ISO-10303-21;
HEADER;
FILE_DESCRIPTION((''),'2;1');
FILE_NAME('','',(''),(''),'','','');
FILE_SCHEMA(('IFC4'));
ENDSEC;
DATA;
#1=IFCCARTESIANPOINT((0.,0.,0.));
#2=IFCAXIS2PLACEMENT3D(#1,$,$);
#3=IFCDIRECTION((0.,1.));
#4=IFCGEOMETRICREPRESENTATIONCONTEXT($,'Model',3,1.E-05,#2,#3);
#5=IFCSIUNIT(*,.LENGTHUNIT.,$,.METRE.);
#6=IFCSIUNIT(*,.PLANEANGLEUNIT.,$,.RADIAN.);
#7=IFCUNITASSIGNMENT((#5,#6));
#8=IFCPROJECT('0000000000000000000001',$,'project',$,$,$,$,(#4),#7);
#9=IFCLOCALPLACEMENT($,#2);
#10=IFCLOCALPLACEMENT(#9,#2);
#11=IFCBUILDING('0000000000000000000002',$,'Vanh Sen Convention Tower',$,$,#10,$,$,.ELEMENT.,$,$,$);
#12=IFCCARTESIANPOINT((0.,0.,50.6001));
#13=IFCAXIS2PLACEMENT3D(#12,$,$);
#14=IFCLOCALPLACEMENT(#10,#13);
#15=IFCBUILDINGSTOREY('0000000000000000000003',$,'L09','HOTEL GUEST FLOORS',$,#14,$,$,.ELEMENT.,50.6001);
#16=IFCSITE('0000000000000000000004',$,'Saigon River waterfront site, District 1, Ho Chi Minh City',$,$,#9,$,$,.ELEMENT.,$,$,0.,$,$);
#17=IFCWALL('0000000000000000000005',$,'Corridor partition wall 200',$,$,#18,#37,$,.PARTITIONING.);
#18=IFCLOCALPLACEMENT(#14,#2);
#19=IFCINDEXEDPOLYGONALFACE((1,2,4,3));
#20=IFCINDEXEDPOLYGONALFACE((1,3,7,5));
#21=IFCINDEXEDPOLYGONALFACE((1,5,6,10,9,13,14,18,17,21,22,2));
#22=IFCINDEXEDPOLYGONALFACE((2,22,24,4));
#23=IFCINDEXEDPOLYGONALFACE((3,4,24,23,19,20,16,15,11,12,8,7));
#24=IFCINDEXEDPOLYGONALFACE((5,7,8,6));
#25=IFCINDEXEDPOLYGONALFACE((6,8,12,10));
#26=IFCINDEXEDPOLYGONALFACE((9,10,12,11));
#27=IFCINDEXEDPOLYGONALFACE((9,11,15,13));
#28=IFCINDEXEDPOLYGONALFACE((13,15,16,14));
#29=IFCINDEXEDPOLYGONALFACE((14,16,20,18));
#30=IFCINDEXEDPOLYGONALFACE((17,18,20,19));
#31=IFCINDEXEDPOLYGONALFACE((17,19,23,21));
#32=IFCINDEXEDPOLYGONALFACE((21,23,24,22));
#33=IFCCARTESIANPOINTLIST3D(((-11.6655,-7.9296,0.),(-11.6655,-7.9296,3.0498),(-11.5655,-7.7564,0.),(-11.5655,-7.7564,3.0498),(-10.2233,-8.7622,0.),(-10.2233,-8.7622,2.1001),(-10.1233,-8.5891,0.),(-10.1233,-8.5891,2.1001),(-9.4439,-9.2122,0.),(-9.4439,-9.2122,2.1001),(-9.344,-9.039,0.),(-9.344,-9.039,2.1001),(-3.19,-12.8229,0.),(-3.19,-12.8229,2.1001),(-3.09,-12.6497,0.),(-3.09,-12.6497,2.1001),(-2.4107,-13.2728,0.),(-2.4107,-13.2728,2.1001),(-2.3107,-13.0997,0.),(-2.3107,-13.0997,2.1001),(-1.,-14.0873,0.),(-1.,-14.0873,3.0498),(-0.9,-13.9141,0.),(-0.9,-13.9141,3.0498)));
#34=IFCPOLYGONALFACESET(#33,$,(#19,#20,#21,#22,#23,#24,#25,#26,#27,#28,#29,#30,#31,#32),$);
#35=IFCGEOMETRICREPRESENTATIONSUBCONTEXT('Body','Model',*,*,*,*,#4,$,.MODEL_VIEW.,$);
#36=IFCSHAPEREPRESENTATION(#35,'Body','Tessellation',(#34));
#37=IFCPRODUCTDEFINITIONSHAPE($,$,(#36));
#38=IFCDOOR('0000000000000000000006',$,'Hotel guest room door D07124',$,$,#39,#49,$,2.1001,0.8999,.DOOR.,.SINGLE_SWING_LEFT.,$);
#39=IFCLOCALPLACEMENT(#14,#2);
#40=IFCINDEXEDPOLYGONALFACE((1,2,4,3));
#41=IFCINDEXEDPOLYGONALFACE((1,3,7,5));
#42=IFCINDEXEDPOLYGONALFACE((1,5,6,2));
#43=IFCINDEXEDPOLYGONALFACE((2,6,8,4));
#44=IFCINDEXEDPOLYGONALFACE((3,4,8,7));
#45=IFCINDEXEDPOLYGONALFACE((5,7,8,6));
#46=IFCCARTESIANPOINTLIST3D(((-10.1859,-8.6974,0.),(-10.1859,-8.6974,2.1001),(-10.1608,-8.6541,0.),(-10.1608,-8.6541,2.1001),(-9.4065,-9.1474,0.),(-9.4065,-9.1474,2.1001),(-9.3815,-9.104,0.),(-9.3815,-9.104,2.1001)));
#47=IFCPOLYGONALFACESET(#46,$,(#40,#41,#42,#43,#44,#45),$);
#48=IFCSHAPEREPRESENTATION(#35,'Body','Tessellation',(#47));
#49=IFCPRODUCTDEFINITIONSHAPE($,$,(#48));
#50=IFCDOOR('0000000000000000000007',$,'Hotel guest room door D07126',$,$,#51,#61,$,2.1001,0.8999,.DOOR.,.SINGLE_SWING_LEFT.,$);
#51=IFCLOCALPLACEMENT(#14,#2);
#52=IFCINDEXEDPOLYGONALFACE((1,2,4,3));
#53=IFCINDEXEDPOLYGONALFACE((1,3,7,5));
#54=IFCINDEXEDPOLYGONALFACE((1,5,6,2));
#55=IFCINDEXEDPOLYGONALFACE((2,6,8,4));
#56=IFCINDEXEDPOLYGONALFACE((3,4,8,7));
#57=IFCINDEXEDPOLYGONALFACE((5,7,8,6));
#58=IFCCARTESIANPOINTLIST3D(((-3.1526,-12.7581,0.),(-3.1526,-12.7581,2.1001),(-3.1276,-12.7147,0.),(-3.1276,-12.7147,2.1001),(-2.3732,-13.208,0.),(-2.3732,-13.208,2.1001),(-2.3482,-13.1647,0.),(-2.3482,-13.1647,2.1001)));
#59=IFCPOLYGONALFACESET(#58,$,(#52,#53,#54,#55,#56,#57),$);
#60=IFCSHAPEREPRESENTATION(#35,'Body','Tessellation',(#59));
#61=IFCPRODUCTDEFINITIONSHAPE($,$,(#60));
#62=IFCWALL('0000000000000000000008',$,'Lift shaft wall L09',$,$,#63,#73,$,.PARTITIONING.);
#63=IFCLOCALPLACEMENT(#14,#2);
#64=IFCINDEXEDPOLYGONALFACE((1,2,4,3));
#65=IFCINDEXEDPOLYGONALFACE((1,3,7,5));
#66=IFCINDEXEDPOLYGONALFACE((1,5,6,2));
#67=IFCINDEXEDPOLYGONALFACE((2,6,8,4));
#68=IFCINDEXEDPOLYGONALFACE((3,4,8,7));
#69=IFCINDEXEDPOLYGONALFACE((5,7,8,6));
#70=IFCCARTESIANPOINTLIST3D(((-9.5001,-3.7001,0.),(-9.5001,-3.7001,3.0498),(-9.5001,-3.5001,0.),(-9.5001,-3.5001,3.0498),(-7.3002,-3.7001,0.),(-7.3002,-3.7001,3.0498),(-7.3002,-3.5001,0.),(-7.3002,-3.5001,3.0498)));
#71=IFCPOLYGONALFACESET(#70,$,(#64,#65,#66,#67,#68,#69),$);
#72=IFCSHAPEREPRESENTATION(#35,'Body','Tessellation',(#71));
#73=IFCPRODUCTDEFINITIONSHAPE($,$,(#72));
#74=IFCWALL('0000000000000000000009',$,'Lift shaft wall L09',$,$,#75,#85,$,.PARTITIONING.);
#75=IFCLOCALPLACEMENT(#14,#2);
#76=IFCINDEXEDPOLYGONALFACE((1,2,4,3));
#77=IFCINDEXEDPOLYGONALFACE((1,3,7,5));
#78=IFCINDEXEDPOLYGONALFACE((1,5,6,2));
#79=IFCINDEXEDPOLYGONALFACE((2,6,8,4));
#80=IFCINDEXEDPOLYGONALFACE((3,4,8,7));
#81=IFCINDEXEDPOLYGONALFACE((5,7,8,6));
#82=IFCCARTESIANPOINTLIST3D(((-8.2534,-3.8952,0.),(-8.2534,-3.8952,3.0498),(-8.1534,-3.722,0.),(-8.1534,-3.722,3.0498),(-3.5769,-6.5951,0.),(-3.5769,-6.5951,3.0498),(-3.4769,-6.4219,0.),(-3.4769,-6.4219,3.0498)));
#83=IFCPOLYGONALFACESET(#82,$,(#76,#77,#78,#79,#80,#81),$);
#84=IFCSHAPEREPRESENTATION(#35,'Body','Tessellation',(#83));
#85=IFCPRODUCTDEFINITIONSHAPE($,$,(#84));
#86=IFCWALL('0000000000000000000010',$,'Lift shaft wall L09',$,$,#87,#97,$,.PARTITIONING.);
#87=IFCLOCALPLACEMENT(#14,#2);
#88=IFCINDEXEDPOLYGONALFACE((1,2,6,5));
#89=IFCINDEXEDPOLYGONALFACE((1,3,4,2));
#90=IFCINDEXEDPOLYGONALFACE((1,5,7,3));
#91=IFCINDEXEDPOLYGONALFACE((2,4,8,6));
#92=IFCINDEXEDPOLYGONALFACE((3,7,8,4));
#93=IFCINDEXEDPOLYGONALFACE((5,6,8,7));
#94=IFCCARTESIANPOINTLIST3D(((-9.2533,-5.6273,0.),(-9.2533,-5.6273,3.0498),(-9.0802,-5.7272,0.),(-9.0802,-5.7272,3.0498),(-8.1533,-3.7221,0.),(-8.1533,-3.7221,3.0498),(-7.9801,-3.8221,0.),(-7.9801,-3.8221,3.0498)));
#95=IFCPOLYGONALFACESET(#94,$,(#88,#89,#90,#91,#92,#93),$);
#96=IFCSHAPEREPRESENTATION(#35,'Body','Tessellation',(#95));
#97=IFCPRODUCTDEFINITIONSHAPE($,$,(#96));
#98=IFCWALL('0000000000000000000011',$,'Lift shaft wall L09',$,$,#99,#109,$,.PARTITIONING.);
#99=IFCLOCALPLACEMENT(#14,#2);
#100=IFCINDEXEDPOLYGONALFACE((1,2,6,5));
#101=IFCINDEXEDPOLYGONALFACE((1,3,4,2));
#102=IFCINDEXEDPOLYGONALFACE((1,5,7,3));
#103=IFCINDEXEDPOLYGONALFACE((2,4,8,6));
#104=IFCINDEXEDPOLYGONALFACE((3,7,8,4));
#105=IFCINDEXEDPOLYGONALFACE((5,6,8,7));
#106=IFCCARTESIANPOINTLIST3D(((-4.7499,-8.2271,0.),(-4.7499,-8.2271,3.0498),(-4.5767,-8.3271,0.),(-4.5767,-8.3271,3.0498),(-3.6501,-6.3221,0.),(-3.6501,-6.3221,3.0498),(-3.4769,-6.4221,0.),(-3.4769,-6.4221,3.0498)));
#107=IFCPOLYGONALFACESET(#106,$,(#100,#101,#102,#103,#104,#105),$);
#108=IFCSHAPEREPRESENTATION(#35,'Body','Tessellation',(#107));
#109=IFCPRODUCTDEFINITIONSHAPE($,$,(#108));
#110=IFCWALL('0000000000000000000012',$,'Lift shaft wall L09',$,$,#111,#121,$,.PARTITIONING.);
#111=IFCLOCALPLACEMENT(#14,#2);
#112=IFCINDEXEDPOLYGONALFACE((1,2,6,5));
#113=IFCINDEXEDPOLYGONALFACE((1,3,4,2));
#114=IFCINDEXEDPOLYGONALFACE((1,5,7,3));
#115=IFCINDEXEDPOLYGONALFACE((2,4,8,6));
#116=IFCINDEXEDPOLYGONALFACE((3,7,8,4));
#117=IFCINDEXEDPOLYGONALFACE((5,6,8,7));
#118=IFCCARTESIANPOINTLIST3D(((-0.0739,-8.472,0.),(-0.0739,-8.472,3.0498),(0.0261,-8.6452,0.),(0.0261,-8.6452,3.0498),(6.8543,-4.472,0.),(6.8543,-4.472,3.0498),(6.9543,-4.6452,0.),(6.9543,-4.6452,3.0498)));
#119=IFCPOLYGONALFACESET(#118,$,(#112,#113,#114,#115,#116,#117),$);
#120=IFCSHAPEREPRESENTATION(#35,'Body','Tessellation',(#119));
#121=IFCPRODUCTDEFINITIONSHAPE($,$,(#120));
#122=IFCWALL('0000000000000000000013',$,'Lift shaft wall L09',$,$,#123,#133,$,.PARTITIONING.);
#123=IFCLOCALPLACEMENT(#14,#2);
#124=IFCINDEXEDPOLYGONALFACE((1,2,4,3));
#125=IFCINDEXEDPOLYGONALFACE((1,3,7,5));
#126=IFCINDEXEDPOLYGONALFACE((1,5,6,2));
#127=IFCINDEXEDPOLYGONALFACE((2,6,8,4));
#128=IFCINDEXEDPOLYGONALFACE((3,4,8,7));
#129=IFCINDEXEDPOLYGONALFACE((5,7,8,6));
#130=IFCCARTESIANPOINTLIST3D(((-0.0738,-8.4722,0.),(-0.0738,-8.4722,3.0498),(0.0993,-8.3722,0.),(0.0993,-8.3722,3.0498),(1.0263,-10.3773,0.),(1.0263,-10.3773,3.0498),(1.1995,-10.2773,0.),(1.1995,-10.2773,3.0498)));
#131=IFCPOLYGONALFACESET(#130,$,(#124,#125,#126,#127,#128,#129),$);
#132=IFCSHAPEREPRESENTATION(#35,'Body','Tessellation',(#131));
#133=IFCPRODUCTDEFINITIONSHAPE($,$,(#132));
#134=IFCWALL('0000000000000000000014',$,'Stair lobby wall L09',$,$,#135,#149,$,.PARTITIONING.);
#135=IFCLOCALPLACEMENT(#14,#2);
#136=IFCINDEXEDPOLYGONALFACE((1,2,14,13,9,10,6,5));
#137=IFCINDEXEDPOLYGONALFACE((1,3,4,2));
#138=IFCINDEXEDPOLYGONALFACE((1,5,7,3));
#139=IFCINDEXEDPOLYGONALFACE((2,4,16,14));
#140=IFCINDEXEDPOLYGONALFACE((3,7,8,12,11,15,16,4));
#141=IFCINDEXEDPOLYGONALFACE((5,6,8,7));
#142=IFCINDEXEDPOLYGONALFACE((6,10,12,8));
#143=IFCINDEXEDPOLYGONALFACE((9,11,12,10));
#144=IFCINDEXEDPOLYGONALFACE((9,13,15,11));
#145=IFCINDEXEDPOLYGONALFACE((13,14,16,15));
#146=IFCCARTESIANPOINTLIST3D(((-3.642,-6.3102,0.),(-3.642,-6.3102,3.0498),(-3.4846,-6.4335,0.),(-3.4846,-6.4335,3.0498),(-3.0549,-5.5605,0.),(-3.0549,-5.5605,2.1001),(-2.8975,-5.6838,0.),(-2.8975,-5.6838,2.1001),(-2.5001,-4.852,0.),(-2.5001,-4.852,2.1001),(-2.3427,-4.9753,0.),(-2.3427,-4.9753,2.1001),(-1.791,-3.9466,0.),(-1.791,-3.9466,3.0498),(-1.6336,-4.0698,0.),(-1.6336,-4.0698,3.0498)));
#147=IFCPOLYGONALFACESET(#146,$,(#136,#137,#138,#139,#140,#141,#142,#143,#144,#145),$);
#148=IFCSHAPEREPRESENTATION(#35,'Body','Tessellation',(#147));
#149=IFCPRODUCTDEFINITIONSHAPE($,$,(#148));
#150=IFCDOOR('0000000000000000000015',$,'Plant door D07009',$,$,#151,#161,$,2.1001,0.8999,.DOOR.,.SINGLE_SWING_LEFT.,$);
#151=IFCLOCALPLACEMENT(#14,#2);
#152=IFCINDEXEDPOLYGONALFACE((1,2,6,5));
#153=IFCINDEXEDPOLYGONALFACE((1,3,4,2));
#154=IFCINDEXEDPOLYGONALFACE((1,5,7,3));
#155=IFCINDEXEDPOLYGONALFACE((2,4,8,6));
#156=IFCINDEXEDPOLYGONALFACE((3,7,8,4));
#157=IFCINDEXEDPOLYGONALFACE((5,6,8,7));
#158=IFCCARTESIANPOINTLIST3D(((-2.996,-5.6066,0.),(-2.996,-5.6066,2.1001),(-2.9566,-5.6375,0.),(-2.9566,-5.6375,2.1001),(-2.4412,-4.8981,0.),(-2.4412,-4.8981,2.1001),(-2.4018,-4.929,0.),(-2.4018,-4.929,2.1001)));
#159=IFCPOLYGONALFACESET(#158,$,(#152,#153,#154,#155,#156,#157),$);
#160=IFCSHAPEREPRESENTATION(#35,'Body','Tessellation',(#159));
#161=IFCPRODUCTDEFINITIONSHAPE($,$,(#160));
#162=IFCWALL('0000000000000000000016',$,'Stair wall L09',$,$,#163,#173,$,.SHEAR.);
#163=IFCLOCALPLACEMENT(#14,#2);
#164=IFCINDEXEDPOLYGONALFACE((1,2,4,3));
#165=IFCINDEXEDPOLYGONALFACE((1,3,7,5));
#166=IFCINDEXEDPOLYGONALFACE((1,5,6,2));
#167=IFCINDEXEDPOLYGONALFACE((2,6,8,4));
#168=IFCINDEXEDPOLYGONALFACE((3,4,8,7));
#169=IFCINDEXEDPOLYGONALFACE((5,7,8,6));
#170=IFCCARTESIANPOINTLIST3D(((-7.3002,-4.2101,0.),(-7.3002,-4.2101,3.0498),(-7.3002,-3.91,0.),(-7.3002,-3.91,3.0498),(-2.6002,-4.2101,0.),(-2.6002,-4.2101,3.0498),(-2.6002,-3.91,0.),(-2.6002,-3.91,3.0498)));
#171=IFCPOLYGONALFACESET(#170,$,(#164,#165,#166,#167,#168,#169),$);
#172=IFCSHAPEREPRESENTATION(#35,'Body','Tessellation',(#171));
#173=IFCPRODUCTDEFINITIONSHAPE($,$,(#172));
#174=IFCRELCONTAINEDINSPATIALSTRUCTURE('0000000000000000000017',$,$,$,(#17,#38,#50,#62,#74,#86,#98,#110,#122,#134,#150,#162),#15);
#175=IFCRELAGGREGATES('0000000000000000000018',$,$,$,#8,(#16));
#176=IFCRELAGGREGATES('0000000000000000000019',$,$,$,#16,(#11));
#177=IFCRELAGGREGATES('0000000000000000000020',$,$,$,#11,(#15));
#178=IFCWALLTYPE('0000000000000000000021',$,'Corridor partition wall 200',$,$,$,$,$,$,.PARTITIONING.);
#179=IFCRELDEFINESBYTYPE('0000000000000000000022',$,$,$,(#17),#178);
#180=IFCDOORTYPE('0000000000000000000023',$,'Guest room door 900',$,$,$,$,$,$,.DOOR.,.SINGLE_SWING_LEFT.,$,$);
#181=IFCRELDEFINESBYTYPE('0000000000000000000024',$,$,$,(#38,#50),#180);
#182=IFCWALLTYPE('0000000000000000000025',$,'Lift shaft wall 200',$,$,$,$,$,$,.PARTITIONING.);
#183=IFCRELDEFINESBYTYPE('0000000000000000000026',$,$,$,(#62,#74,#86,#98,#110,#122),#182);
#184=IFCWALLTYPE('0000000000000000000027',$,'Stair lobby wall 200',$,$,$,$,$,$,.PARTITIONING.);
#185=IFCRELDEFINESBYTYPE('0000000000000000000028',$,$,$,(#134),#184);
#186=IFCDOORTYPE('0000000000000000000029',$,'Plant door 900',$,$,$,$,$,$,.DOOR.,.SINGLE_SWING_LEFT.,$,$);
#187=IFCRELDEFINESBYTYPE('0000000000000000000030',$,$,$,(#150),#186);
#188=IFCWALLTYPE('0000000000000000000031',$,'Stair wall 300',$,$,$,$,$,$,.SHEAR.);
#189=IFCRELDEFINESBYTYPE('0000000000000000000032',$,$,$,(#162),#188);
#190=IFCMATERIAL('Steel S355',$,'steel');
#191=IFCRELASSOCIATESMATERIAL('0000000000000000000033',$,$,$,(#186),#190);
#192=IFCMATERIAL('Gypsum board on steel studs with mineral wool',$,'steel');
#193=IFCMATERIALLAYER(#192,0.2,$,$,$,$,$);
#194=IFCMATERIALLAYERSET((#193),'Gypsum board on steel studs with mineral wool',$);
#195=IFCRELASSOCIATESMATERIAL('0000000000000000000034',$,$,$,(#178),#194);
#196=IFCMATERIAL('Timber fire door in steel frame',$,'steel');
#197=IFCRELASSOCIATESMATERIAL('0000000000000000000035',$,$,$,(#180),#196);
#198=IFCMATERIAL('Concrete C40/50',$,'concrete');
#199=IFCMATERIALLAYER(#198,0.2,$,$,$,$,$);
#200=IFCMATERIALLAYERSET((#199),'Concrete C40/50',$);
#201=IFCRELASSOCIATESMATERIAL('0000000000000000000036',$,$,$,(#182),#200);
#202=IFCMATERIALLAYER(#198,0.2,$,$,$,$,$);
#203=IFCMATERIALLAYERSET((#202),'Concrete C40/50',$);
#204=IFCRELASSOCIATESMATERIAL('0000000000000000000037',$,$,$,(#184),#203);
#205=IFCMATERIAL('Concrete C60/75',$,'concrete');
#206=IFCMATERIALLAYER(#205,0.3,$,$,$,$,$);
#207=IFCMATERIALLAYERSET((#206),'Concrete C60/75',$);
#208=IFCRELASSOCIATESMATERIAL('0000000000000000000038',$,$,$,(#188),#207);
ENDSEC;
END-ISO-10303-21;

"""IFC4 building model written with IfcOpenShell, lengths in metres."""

from ifc_helpers import new_model, si_unit, direction, frame, frame_2d, origin, place, context, subcontext, project, spatial, rectangle, extrude, material, layer, layer_set, type_object, element, fill, save


model = new_model("IFC4")

# Units and contexts
model_context = context("Model", 3, precision=1e-05, world=origin(), true_north=direction((0.0, 1.0)))
body_context = subcontext(model_context, "Body", "Model", "MODEL_VIEW")
ifc_project = project(units=[si_unit("LENGTHUNIT", "METRE"), si_unit("PLANEANGLEUNIT", "RADIAN")], contexts=[model_context])

# Site, building, storey
site_placement = place(None, origin())
site = spatial("IfcSite", under=ifc_project, at=site_placement, Name="Saigon River waterfront site, District 1, Ho Chi Minh City", CompositionType="ELEMENT", RefElevation=0.0)
building_placement = place(site_placement, origin())
building = spatial("IfcBuilding", under=site, at=building_placement, Name="Vanh Sen Convention Tower", CompositionType="ELEMENT")
storey_placement = place(building_placement, frame((0.0, 0.0, 50.6001)))
storey = spatial("IfcBuildingStorey", under=building, at=storey_placement, Name="L09", Description="HOTEL GUEST FLOORS", CompositionType="ELEMENT", Elevation=50.6001)

# Shared definitions
ifc_material_1 = material(Name="Concrete C40/50", Category="concrete")

# Shared definitions
ifc_material_2 = material(Name="Steel S355", Category="steel")
door_type_1 = type_object("IfcDoorType", Name="Plant door 900", OperationType="SINGLE_SWING_LEFT", PredefinedType="DOOR", material=ifc_material_2)

# Shared definitions
ifc_material_3 = material(Name="Gypsum board on steel studs with mineral wool", Category="steel")
ifc_layer_1 = layer(ifc_material_3, 0.2)
ifc_layer_set_1 = layer_set([ifc_layer_1], Name="Gypsum board on steel studs with mineral wool")
wall_type_1 = type_object("IfcWallType", Name="Corridor partition wall 200", PredefinedType="PARTITIONING", material=ifc_layer_set_1)
ifc_material_4 = material(Name="Timber fire door in steel frame", Category="steel")
door_type_2 = type_object("IfcDoorType", Name="Guest room door 900", OperationType="SINGLE_SWING_LEFT", PredefinedType="DOOR", material=ifc_material_4)

# Wall, openings, doors
wall_1_placement = place(storey_placement, frame((-11.6155, -7.843, 0.0), z_axis=(0.0, 0.0, 1.0), x_axis=(0.866026, -0.499998, 0.0)))
wall_1 = element("IfcWall", 1, at=wall_1_placement, inside=storey, type_object=wall_type_1, Name="Corridor partition wall 200", PredefinedType="PARTITIONING", context=body_context, shape_type="SweptSolid", body=[
    extrude(rectangle(XDim=12.3154, YDim=0.2, at=frame_2d((6.1577, 0.0))), origin(), (0.0, 0.0, 1.0), 3.0498),
])
opening_1_placement = place(wall_1_placement, frame((1.6653, 0.0, 0.0)))
opening_1 = element("IfcOpeningElement", 2, at=opening_1_placement, cuts=wall_1, PredefinedType="OPENING", context=body_context, shape_type="SweptSolid", body=[
    extrude(rectangle(XDim=0.8999, YDim=2.1001, at=frame_2d((0.45, 1.05))), frame((0.0, 0.1099, 0.0), z_axis=(0.0, -1.0, 0.0), x_axis=(1.0, 0.0, 0.0)), (0.0, 0.0, 1.0), 0.22),
])
opening_2_placement = place(wall_1_placement, frame((9.7866, 0.0, 0.0)))
opening_2 = element("IfcOpeningElement", 3, at=opening_2_placement, cuts=wall_1, PredefinedType="OPENING", context=body_context, shape_type="SweptSolid", body=[
    extrude(rectangle(XDim=0.8999, YDim=2.1001, at=frame_2d((0.45, 1.05))), frame((0.0, 0.1099, 0.0), z_axis=(0.0, -1.0, 0.0), x_axis=(1.0, 0.0, 0.0)), (0.0, 0.0, 1.0), 0.22),
])
door_1_placement = place(opening_1_placement, origin())
door_1 = element("IfcDoor", 4, at=door_1_placement, inside=storey, type_object=door_type_2, Name="Hotel guest room door D07124", OperationType="SINGLE_SWING_LEFT", OverallHeight=2.1001, OverallWidth=0.8999, PredefinedType="DOOR", context=body_context, shape_type="SweptSolid", body=[
    extrude(rectangle(XDim=0.8999, YDim=2.1001, at=frame_2d((0.45, 1.05))), frame((0.0, 0.0249, 0.0), z_axis=(0.0, -1.0, 0.0), x_axis=(1.0, 0.0, 0.0)), (0.0, 0.0, 1.0), 0.05),
])
fill(opening_1, door_1)
door_2_placement = place(opening_2_placement, origin())
door_2 = element("IfcDoor", 5, at=door_2_placement, inside=storey, type_object=door_type_2, Name="Hotel guest room door D07126", OperationType="SINGLE_SWING_LEFT", OverallHeight=2.1001, OverallWidth=0.8999, PredefinedType="DOOR", context=body_context, shape_type="SweptSolid", body=[
    extrude(rectangle(XDim=0.8999, YDim=2.1001, at=frame_2d((0.45, 1.05))), frame((0.0, 0.0249, 0.0), z_axis=(0.0, -1.0, 0.0), x_axis=(1.0, 0.0, 0.0)), (0.0, 0.0, 1.0), 0.05),
])
fill(opening_2, door_2)

# Walls
ifc_layer_2 = layer(ifc_material_1, 0.2)
ifc_layer_set_2 = layer_set([ifc_layer_2], Name="Concrete C40/50")
wall_type_2 = type_object("IfcWallType", Name="Lift shaft wall 200", PredefinedType="PARTITIONING", material=ifc_layer_set_2)
wall_2_placement = place(storey_placement, frame((-7.3, -3.6001, 0.0), z_axis=(0.0, 0.0, 1.0), x_axis=(-1.0, 0.0, 0.0)))
element("IfcWall", 6, at=wall_2_placement, inside=storey, type_object=wall_type_2, Name="Lift shaft wall L09", PredefinedType="PARTITIONING", context=body_context, shape_type="SweptSolid", body=[
    extrude(rectangle(XDim=2.2, YDim=0.2, at=frame_2d((1.1001, 0.0))), origin(), (0.0, 0.0, 1.0), 3.0498),
])
wall_3_placement = place(storey_placement, frame((-8.2034, -3.8086, 0.0), z_axis=(0.0, 0.0, 1.0), x_axis=(0.866028, -0.499995, 0.0)))
element("IfcWall", 7, at=wall_3_placement, inside=storey, type_object=wall_type_2, Name="Lift shaft wall L09", PredefinedType="PARTITIONING", context=body_context, shape_type="SweptSolid", body=[
    extrude(rectangle(XDim=5.3999, YDim=0.2, at=frame_2d((2.7, 0.0))), origin(), (0.0, 0.0, 1.0), 3.0498),
])
wall_4_placement = place(storey_placement, frame((-8.0667, -3.772, 0.0), z_axis=(0.0, 0.0, 1.0), x_axis=(-0.50003, -0.866008, 0.0)))
element("IfcWall", 8, at=wall_4_placement, inside=storey, type_object=wall_type_2, Name="Lift shaft wall L09", PredefinedType="PARTITIONING", context=body_context, shape_type="SweptSolid", body=[
    extrude(rectangle(XDim=2.2, YDim=0.2, at=frame_2d((1.1001, 0.0))), origin(), (0.0, 0.0, 1.0), 3.0498),
])
wall_5_placement = place(storey_placement, frame((-3.5635, -6.3721, 0.0), z_axis=(0.0, 0.0, 1.0), x_axis=(-0.499995, -0.866028, 0.0)))
element("IfcWall", 9, at=wall_5_placement, inside=storey, type_object=wall_type_2, Name="Lift shaft wall L09", PredefinedType="PARTITIONING", context=body_context, shape_type="SweptSolid", body=[
    extrude(rectangle(XDim=2.1997, YDim=0.2, at=frame_2d((1.0999, 0.0))), origin(), (0.0, 0.0, 1.0), 3.0498),
])
wall_6_placement = place(storey_placement, frame((-0.0239, -8.5586, 0.0), z_axis=(0.0, 0.0, 1.0), x_axis=(0.866026, 0.499999, 0.0)))
element("IfcWall", 10, at=wall_6_placement, inside=storey, type_object=wall_type_2, Name="Lift shaft wall L09", PredefinedType="PARTITIONING", context=body_context, shape_type="SweptSolid", body=[
    extrude(rectangle(XDim=8.0, YDim=0.2, at=frame_2d((4.0, 0.0))), origin(), (0.0, 0.0, 1.0), 3.0498),
])
wall_7_placement = place(storey_placement, frame((0.0127, -8.4221, 0.0), z_axis=(0.0, 0.0, 1.0), x_axis=(0.500078, -0.86598, 0.0)))
element("IfcWall", 11, at=wall_7_placement, inside=storey, type_object=wall_type_2, Name="Lift shaft wall L09", PredefinedType="PARTITIONING", context=body_context, shape_type="SweptSolid", body=[
    extrude(rectangle(XDim=2.2, YDim=0.2, at=frame_2d((1.1001, 0.0))), origin(), (0.0, 0.0, 1.0), 3.0498),
])

# Wall, opening, door
ifc_layer_3 = layer(ifc_material_1, 0.2)
ifc_layer_set_3 = layer_set([ifc_layer_3], Name="Concrete C40/50")
wall_type_3 = type_object("IfcWallType", Name="Stair lobby wall 200", PredefinedType="PARTITIONING", material=ifc_layer_set_3)
wall_8_placement = place(storey_placement, frame((-1.7124, -4.0083, 0.0), z_axis=(0.0, 0.0, 1.0), x_axis=(-0.616549, -0.787316, 0.0)))
wall_8 = element("IfcWall", 12, at=wall_8_placement, inside=storey, type_object=wall_type_3, Name="Stair lobby wall L09", PredefinedType="PARTITIONING", context=body_context, shape_type="SweptSolid", body=[
    extrude(rectangle(XDim=3.0022, YDim=0.2, at=frame_2d((1.501, 0.0))), origin(), (0.0, 0.0, 1.0), 3.0498),
])
opening_3_placement = place(wall_8_placement, frame((1.1499, 0.0, 0.0)))
opening_3 = element("IfcOpeningElement", 13, at=opening_3_placement, cuts=wall_8, PredefinedType="OPENING", context=body_context, shape_type="SweptSolid", body=[
    extrude(rectangle(XDim=0.8999, YDim=2.1001, at=frame_2d((0.45, 1.05))), frame((0.0, 0.1099, 0.0), z_axis=(0.0, -1.0, 0.0), x_axis=(1.0, 0.0, 0.0)), (0.0, 0.0, 1.0), 0.22),
])
door_3_placement = place(opening_3_placement, origin())
door_3 = element("IfcDoor", 14, at=door_3_placement, inside=storey, type_object=door_type_1, Name="Plant door D07009", OperationType="SINGLE_SWING_LEFT", OverallHeight=2.1001, OverallWidth=0.8999, PredefinedType="DOOR", context=body_context, shape_type="SweptSolid", body=[
    extrude(rectangle(XDim=0.8999, YDim=2.1001, at=frame_2d((0.45, 1.05))), frame((0.0, 0.0249, 0.0), z_axis=(0.0, -1.0, 0.0), x_axis=(1.0, 0.0, 0.0)), (0.0, 0.0, 1.0), 0.05),
])
fill(opening_3, door_3)

# Wall
ifc_material_5 = material(Name="Concrete C60/75", Category="concrete")
ifc_layer_4 = layer(ifc_material_5, 0.3)
ifc_layer_set_4 = layer_set([ifc_layer_4], Name="Concrete C60/75")
wall_type_4 = type_object("IfcWallType", Name="Stair wall 300", PredefinedType="SHEAR", material=ifc_layer_set_4)
wall_9_placement = place(storey_placement, frame((-2.6001, -4.0601, 0.0), z_axis=(0.0, 0.0, 1.0), x_axis=(-1.0, 0.0, 0.0)))
element("IfcWall", 15, at=wall_9_placement, inside=storey, type_object=wall_type_4, Name="Stair wall L09", PredefinedType="SHEAR", context=body_context, shape_type="SweptSolid", body=[
    extrude(rectangle(XDim=4.7, YDim=0.3, at=frame_2d((2.3501, 0.0))), origin(), (0.0, 0.0, 1.0), 3.0498),
])

save(model, "model.ifc")
